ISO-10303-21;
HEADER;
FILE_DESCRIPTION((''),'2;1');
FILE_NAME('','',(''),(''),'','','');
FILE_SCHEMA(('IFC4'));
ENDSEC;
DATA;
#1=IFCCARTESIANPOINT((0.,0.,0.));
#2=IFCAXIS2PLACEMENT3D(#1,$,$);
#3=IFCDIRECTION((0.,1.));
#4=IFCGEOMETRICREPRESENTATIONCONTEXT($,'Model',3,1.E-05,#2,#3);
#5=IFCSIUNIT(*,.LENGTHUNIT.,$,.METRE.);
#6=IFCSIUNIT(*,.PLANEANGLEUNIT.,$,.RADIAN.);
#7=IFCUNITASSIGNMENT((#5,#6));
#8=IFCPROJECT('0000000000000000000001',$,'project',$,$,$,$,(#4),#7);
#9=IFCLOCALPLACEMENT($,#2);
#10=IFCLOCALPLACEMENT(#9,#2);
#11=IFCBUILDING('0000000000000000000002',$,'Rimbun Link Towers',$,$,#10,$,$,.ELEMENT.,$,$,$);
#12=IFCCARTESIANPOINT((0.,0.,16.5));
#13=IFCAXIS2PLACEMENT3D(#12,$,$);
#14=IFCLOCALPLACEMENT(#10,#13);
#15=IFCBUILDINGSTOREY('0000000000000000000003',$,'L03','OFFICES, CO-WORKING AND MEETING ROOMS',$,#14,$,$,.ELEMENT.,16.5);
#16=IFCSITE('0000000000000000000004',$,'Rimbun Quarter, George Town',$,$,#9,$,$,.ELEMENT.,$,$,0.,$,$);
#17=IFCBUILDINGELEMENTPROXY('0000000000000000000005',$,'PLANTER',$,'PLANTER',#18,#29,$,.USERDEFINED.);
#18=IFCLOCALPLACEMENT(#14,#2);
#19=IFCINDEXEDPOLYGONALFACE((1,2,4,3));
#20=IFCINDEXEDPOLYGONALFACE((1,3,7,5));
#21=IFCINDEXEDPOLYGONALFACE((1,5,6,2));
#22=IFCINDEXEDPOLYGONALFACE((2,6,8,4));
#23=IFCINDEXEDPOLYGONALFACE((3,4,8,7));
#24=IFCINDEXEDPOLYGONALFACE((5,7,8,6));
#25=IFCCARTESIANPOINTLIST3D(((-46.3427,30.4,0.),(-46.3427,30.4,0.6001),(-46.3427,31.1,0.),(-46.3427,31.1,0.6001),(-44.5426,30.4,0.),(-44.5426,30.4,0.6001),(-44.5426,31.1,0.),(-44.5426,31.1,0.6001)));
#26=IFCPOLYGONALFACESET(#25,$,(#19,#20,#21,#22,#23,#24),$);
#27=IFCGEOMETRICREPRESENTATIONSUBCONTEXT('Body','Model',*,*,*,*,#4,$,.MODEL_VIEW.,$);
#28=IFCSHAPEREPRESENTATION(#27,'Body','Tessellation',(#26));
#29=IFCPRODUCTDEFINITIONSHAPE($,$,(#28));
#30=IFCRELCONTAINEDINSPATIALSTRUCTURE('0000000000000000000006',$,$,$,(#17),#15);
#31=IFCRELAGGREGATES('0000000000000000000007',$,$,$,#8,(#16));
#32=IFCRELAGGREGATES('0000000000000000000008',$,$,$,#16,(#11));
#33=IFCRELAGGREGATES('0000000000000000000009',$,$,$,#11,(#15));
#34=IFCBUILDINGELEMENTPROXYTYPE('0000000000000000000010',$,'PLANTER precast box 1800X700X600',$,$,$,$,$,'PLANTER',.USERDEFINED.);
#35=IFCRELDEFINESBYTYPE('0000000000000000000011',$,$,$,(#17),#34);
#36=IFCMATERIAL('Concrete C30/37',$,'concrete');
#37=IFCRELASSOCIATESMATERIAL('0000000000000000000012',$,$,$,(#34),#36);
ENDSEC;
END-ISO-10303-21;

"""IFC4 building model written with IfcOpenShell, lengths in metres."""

from ifc_helpers import new_model, si_unit, direction, frame, origin, origin_2d, place, context, subcontext, project, spatial, rectangle, extrude, material, type_object, element, save


model = new_model("IFC4")

# Units and contexts
model_context = context("Model", 3, precision=1e-05, world=origin(), true_north=direction((0.0, 1.0)))
body_context = subcontext(model_context, "Body", "Model", "MODEL_VIEW")
ifc_project = project(units=[si_unit("LENGTHUNIT", "METRE"), si_unit("PLANEANGLEUNIT", "RADIAN")], contexts=[model_context])

# Site, building, storey
site_placement = place(None, origin())
site = spatial("IfcSite", under=ifc_project, at=site_placement, Name="Rimbun Quarter, George Town", CompositionType="ELEMENT", RefElevation=0.0)
building_placement = place(site_placement, origin())
building = spatial("IfcBuilding", under=site, at=building_placement, Name="Rimbun Link Towers", CompositionType="ELEMENT")
storey_placement = place(building_placement, frame((0.0, 0.0, 16.5)))
storey = spatial("IfcBuildingStorey", under=building, at=storey_placement, Name="L03", Description="OFFICES, CO-WORKING AND MEETING ROOMS", CompositionType="ELEMENT", Elevation=16.5)

# Building element proxy
ifc_material_1 = material(Name="Concrete C30/37", Category="concrete")
building_element_proxy_type = type_object("IfcBuildingElementProxyType", Name="PLANTER precast box 1800X700X600", ElementType="PLANTER", PredefinedType="USERDEFINED", material=ifc_material_1)
for number, where, z_axis, x_axis, name in (
    (1, (-45.4426, 30.75, 0.0), (0.0, 0.0, 1.0), (-1.0, 0.0, 0.0), "PLANTER"),
):
    element("IfcBuildingElementProxy", number, at=place(storey_placement, frame(where, z_axis=z_axis, x_axis=x_axis)), inside=storey, type_object=building_element_proxy_type, Name=name, ObjectType="PLANTER", PredefinedType="USERDEFINED", context=body_context, shape_type="SweptSolid", body=[
        extrude(rectangle(XDim=1.8, YDim=0.7, at=origin_2d()), origin(), (0.0, 0.0, 1.0), 0.6001),
    ])

save(model, "model.ifc")
